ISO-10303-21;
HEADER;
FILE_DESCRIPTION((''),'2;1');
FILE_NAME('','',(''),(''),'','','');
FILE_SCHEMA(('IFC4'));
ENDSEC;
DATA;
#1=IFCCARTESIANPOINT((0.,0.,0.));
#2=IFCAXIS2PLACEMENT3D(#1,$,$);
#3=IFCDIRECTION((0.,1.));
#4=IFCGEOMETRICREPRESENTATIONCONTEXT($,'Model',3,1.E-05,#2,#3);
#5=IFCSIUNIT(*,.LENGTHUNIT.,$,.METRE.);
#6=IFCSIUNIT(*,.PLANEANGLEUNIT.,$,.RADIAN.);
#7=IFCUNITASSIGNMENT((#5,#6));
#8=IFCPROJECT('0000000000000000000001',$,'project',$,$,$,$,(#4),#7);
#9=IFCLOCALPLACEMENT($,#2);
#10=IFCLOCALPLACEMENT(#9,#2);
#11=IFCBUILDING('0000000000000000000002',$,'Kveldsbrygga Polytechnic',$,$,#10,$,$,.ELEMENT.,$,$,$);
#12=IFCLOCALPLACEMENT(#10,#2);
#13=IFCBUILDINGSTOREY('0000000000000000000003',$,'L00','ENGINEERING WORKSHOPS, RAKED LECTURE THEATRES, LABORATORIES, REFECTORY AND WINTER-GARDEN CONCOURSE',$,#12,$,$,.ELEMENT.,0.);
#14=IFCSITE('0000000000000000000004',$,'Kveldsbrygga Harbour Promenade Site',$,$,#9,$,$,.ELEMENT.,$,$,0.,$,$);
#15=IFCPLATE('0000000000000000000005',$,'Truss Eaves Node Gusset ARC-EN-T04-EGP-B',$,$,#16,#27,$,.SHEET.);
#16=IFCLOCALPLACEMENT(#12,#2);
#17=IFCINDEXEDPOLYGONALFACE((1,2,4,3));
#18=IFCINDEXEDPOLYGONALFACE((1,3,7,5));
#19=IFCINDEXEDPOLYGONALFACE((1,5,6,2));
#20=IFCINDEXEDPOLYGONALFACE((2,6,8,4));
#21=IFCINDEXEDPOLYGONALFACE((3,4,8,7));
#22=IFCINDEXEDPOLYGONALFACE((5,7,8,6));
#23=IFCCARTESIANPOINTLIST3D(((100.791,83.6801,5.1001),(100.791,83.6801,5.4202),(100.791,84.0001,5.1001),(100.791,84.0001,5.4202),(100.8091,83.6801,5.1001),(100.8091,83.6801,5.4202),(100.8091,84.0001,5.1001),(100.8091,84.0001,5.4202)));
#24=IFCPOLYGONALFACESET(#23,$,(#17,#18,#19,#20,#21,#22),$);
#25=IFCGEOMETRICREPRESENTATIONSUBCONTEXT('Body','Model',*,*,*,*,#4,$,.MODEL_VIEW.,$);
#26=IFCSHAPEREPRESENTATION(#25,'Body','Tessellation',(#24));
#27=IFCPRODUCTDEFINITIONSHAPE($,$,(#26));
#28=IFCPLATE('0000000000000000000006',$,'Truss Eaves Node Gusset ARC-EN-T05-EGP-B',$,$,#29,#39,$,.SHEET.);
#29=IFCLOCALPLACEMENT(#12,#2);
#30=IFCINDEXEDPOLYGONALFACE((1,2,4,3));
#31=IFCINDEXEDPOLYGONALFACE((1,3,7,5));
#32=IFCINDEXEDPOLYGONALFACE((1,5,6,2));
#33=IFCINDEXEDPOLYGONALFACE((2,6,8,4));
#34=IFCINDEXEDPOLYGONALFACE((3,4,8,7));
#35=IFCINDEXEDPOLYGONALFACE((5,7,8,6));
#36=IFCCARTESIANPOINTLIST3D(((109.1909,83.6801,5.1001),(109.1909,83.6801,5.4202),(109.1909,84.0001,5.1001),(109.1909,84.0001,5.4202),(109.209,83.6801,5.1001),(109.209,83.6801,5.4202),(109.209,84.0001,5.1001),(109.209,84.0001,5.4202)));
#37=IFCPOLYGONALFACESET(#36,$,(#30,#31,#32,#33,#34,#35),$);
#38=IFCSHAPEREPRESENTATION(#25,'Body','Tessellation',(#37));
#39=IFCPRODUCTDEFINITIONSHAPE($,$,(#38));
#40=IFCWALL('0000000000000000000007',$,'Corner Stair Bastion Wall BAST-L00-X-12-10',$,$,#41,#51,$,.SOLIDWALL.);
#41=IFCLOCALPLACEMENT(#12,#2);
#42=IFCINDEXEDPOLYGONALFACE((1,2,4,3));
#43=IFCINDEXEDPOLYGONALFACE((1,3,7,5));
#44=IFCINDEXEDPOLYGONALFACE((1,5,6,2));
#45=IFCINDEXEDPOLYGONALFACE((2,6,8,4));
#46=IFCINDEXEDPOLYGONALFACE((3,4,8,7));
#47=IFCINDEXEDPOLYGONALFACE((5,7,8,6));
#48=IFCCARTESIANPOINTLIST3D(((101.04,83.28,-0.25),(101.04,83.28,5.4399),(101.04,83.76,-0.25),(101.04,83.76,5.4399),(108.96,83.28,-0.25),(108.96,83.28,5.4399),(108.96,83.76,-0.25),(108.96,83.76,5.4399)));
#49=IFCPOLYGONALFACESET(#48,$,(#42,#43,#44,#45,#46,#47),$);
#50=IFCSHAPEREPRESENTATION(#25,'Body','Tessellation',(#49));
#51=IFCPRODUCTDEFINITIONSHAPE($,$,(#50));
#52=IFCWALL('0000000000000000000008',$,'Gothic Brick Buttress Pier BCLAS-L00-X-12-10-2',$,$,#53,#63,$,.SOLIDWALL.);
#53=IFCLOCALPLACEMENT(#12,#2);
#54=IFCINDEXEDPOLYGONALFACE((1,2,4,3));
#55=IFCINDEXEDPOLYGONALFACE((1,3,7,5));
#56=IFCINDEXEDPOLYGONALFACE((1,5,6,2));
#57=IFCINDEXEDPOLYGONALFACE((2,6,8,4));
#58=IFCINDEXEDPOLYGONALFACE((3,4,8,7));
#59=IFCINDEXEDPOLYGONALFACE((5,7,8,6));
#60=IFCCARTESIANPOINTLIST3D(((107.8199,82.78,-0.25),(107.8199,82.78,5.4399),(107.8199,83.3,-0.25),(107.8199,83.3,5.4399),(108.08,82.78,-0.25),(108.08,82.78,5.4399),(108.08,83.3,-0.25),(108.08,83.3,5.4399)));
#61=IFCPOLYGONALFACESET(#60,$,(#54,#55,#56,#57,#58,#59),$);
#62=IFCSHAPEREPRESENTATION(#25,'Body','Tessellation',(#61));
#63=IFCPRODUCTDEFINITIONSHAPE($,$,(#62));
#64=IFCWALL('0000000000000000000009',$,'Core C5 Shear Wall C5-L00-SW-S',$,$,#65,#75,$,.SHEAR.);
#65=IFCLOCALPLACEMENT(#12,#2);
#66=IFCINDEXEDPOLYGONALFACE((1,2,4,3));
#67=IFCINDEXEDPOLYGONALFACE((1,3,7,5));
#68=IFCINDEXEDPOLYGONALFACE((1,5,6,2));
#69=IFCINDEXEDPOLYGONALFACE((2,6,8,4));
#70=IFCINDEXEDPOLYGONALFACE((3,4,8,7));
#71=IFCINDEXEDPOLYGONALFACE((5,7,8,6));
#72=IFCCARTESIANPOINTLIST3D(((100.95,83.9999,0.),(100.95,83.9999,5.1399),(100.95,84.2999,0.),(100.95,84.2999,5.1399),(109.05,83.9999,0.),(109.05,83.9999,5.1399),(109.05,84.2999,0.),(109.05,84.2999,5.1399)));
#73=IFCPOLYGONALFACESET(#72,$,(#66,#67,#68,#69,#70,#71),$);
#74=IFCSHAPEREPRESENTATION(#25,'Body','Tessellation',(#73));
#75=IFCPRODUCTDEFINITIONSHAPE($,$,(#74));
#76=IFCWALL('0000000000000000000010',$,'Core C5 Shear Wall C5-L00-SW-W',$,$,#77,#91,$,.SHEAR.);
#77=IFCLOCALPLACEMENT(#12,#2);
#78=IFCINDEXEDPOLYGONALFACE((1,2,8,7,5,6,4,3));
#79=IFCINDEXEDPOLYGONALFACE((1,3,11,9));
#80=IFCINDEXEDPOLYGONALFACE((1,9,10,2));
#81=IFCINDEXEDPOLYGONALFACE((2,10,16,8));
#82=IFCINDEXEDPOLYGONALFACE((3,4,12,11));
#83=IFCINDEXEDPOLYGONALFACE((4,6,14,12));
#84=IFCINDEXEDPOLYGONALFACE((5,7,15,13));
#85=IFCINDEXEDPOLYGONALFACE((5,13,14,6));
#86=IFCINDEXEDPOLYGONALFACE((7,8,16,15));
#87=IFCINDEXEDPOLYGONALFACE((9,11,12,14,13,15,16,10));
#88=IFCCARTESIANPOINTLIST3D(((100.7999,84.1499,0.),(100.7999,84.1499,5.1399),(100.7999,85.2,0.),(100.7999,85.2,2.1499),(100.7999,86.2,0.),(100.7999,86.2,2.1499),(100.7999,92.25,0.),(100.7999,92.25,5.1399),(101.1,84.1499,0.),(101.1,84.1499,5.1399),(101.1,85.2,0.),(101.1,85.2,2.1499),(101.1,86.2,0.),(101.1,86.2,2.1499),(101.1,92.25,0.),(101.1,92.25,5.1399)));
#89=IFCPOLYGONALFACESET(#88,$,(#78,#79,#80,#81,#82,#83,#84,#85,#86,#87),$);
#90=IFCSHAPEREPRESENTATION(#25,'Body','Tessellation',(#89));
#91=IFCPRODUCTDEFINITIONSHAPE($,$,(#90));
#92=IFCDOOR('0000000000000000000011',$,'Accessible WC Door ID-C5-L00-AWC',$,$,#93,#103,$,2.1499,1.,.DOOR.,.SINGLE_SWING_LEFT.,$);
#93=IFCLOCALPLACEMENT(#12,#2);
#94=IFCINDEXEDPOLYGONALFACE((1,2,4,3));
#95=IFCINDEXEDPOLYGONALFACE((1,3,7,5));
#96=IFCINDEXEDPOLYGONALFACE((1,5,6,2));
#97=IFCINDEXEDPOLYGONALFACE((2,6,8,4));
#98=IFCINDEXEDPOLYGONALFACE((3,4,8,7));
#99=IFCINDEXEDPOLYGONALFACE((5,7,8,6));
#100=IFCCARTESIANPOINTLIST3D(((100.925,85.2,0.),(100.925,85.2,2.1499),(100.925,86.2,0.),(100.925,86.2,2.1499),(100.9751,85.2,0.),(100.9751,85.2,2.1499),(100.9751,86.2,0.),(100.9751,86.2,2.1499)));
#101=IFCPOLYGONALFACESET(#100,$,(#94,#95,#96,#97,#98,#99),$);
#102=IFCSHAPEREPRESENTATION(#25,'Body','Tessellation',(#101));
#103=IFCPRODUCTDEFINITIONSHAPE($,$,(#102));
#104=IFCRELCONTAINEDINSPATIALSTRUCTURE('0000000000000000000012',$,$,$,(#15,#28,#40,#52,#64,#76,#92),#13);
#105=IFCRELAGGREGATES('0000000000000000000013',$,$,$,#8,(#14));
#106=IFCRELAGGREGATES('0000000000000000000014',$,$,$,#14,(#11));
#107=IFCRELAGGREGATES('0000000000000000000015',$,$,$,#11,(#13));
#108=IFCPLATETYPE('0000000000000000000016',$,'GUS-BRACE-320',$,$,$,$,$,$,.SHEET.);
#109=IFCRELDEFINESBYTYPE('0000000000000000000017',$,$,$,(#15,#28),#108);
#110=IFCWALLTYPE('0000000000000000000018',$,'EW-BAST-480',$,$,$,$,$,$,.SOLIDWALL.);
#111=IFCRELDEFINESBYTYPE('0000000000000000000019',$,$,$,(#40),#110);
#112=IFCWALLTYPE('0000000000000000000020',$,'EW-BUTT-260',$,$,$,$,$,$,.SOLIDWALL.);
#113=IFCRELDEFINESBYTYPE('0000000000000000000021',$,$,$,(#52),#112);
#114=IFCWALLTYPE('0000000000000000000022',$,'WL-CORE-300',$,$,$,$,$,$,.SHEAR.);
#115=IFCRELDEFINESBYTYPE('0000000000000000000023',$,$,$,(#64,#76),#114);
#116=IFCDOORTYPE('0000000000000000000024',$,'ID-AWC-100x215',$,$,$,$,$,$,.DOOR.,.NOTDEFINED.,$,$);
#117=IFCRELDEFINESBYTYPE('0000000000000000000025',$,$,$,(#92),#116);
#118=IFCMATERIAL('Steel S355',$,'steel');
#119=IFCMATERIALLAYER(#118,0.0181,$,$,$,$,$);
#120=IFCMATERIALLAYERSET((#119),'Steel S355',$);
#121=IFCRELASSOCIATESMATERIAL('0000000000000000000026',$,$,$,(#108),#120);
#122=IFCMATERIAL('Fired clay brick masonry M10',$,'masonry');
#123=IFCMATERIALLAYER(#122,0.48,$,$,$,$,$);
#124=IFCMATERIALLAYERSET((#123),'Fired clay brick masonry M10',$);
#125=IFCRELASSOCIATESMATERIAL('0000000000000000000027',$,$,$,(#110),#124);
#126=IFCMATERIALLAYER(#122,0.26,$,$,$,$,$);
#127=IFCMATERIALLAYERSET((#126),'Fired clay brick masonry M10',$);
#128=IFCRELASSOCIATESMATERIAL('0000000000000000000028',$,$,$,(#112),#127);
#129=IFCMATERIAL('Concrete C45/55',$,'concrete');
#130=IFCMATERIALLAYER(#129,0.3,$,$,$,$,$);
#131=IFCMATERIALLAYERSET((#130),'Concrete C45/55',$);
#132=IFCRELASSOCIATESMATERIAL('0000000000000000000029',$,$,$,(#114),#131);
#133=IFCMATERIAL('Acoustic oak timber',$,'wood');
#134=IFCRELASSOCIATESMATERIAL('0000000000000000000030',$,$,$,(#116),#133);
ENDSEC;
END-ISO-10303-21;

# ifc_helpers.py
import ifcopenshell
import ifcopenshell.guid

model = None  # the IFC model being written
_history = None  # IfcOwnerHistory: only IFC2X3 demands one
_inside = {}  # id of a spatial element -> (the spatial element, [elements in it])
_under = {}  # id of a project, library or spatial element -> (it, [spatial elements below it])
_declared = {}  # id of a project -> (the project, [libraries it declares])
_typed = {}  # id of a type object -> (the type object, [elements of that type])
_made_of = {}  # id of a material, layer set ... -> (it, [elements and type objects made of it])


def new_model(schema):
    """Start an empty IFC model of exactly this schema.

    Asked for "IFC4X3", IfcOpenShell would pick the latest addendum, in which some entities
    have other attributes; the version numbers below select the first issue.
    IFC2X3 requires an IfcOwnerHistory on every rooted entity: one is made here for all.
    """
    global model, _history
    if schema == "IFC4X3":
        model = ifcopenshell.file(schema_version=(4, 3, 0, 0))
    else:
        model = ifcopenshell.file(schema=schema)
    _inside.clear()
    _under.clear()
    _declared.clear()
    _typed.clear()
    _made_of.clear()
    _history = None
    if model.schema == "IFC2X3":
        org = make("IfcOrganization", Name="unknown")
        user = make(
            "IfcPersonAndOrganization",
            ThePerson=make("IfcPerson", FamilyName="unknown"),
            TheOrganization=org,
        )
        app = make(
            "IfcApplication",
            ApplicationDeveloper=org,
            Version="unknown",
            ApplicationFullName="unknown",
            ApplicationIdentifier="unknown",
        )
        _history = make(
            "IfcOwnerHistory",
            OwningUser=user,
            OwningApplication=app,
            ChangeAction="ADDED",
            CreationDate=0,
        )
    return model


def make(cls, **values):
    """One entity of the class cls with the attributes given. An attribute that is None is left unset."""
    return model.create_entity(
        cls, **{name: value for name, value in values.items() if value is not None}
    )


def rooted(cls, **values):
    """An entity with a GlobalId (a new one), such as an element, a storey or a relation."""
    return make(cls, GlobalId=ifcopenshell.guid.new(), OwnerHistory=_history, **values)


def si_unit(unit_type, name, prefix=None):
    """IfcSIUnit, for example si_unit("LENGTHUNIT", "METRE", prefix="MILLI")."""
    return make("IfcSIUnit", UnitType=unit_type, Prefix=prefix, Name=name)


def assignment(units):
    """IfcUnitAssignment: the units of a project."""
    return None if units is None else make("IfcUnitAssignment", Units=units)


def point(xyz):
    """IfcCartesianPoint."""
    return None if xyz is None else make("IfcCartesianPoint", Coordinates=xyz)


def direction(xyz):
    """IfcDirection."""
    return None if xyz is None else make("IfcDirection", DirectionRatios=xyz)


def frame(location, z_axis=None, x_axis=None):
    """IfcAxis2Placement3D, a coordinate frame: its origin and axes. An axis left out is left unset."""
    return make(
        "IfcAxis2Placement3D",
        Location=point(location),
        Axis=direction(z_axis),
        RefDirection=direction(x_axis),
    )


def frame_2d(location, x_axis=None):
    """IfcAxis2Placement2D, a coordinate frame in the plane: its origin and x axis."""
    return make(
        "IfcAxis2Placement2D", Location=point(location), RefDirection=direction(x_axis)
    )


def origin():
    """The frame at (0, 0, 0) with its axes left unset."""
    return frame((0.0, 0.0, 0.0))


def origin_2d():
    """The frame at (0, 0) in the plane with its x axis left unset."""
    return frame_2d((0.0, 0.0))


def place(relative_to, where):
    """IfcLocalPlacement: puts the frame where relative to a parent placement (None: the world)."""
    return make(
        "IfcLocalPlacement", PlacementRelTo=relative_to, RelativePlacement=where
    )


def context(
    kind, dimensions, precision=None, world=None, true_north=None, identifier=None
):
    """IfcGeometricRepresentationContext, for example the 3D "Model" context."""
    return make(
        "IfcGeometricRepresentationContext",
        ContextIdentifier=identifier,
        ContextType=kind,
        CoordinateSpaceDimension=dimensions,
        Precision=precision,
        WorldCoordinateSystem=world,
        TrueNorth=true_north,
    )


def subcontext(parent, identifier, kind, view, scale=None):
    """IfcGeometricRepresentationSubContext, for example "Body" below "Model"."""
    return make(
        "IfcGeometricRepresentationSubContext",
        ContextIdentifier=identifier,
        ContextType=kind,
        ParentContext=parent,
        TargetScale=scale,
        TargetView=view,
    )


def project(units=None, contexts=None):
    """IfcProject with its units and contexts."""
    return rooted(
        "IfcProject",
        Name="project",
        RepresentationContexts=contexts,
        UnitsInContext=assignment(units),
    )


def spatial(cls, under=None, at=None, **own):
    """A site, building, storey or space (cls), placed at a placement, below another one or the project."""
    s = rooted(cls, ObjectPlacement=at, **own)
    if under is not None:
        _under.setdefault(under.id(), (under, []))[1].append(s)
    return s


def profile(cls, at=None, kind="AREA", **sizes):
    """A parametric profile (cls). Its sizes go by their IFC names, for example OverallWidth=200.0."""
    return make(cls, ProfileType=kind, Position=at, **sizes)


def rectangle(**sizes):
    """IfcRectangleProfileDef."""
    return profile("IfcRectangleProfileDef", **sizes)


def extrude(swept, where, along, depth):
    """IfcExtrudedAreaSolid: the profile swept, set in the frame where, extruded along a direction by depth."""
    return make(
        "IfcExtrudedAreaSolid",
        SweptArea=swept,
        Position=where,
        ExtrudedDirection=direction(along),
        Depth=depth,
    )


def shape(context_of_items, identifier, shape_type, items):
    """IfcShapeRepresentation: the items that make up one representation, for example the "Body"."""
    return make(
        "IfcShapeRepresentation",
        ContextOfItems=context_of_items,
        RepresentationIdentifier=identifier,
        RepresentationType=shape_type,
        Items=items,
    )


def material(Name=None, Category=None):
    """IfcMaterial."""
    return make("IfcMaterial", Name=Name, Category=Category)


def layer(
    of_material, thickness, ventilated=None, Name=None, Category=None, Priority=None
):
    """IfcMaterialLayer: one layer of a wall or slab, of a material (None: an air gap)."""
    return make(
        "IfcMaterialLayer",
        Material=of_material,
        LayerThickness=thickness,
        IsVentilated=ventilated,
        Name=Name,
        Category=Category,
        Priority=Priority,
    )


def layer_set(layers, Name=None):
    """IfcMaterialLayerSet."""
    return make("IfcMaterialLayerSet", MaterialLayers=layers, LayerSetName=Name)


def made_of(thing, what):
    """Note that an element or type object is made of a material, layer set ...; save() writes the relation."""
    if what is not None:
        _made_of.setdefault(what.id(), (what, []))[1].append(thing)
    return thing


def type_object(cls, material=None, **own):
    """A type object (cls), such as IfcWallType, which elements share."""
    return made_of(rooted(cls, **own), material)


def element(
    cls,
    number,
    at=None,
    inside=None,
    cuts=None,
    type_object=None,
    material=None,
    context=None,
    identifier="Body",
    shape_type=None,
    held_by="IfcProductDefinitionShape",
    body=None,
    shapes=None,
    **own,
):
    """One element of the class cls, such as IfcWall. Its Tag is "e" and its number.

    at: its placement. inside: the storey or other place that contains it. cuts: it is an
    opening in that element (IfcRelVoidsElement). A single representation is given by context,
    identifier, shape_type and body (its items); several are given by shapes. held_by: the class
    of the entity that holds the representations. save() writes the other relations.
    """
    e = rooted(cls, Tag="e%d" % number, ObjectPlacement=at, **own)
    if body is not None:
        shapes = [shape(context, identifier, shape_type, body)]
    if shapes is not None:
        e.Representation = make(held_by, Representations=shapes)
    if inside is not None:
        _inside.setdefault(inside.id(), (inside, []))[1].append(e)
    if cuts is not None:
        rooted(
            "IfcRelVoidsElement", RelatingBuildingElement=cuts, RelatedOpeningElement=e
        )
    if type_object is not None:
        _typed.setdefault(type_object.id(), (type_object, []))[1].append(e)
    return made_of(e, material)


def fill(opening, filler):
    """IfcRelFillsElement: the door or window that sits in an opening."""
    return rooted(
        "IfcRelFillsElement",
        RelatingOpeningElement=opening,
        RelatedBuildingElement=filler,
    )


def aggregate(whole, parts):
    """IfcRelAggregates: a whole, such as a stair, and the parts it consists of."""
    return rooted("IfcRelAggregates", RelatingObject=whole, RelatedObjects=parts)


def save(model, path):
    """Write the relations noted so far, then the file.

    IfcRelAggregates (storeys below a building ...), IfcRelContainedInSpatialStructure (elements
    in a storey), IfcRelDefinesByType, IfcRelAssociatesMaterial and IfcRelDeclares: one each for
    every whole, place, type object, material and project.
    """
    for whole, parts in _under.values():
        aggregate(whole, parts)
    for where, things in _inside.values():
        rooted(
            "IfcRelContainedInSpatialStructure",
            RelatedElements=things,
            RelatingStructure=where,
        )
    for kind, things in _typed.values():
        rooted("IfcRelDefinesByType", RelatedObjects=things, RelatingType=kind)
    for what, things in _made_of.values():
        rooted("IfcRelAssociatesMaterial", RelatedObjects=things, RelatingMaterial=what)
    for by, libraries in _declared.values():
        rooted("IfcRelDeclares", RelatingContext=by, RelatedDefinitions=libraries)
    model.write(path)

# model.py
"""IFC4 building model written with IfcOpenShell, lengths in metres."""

from ifc_helpers import new_model, si_unit, direction, frame, frame_2d, origin, origin_2d, place, context, subcontext, project, spatial, rectangle, extrude, material, layer, layer_set, type_object, element, fill, save


model = new_model("IFC4")

# Units and contexts
model_context = context("Model", 3, precision=1e-05, world=origin(), true_north=direction((0.0, 1.0)))
body_context = subcontext(model_context, "Body", "Model", "MODEL_VIEW")
ifc_project = project(units=[si_unit("LENGTHUNIT", "METRE"), si_unit("PLANEANGLEUNIT", "RADIAN")], contexts=[model_context])

# Site, building, storey
site_placement = place(None, origin())
site = spatial("IfcSite", under=ifc_project, at=site_placement, Name="Kveldsbrygga Harbour Promenade Site", CompositionType="ELEMENT", RefElevation=0.0)
building_placement = place(site_placement, origin())
building = spatial("IfcBuilding", under=site, at=building_placement, Name="Kveldsbrygga Polytechnic", CompositionType="ELEMENT")
storey_placement = place(building_placement, origin())
storey = spatial("IfcBuildingStorey", under=building, at=storey_placement, Name="L00", Description="ENGINEERING WORKSHOPS, RAKED LECTURE THEATRES, LABORATORIES, REFECTORY AND WINTER-GARDEN CONCOURSE", CompositionType="ELEMENT", Elevation=0.0)

# Shared definitions
ifc_material_1 = material(Name="Concrete C45/55", Category="concrete")

# Shared definitions
ifc_material_2 = material(Name="Steel S355", Category="steel")

# Plates
ifc_layer_1 = layer(ifc_material_2, 0.0181)
ifc_layer_set_1 = layer_set([ifc_layer_1], Name="Steel S355")
plate_type_1 = type_object("IfcPlateType", Name="GUS-BRACE-320", PredefinedType="SHEET", material=ifc_layer_set_1)
for number, where, z_axis, x_axis, name in (
    (1, (100.8, 83.8401, 5.1001), (0.0, 0.0, 1.0), (1.0, 0.0, 0.0), "Truss Eaves Node Gusset ARC-EN-T04-EGP-B"),
    (2, (109.2, 83.8401, 5.1001), (0.0, 0.0, 1.0), (1.0, 0.0, 0.0), "Truss Eaves Node Gusset ARC-EN-T05-EGP-B"),
):
    element("IfcPlate", number, at=place(storey_placement, frame(where, z_axis=z_axis, x_axis=x_axis)), inside=storey, type_object=plate_type_1, Name=name, PredefinedType="SHEET", context=body_context, shape_type="SweptSolid", body=[
        extrude(rectangle(XDim=0.0181, YDim=0.3201, at=origin_2d()), origin(), (0.0, 0.0, 1.0), 0.3201),
    ])

# Walls
ifc_material_3 = material(Name="Fired clay brick masonry M10", Category="masonry")
ifc_layer_2 = layer(ifc_material_3, 0.48)
ifc_layer_set_2 = layer_set([ifc_layer_2], Name="Fired clay brick masonry M10")
wall_type_1 = type_object("IfcWallType", Name="EW-BAST-480", PredefinedType="SOLIDWALL", material=ifc_layer_set_2)
wall_1_placement = place(storey_placement, frame((101.04, 83.52, -0.25), z_axis=(0.0, 0.0, 1.0), x_axis=(1.0, 0.0, 0.0)))
element("IfcWall", 3, at=wall_1_placement, inside=storey, type_object=wall_type_1, Name="Corner Stair Bastion Wall BAST-L00-X-12-10", PredefinedType="SOLIDWALL", context=body_context, shape_type="SweptSolid", body=[
    extrude(rectangle(XDim=7.9199, YDim=0.48, at=frame_2d((3.96, 0.0))), origin(), (0.0, 0.0, 1.0), 5.6899),
])
ifc_layer_3 = layer(ifc_material_3, 0.26)
ifc_layer_set_3 = layer_set([ifc_layer_3], Name="Fired clay brick masonry M10")
wall_type_2 = type_object("IfcWallType", Name="EW-BUTT-260", PredefinedType="SOLIDWALL", material=ifc_layer_set_3)
wall_2_placement = place(storey_placement, frame((107.95, 83.3, -0.25), z_axis=(0.0, 0.0, 1.0), x_axis=(0.0, -1.0, 0.0)))
element("IfcWall", 4, at=wall_2_placement, inside=storey, type_object=wall_type_2, Name="Gothic Brick Buttress Pier BCLAS-L00-X-12-10-2", PredefinedType="SOLIDWALL", context=body_context, shape_type="SweptSolid", body=[
    extrude(rectangle(XDim=0.52, YDim=0.26, at=frame_2d((0.26, 0.0))), origin(), (0.0, 0.0, 1.0), 5.6899),
])
ifc_layer_4 = layer(ifc_material_1, 0.3)
ifc_layer_set_4 = layer_set([ifc_layer_4], Name="Concrete C45/55")
wall_type_3 = type_object("IfcWallType", Name="WL-CORE-300", PredefinedType="SHEAR", material=ifc_layer_set_4)
wall_3_placement = place(storey_placement, frame((100.95, 84.1499, 0.0), z_axis=(0.0, 0.0, 1.0), x_axis=(1.0, 0.0, 0.0)))
element("IfcWall", 5, at=wall_3_placement, inside=storey, type_object=wall_type_3, Name="Core C5 Shear Wall C5-L00-SW-S", PredefinedType="SHEAR", context=body_context, shape_type="SweptSolid", body=[
    extrude(rectangle(XDim=8.1001, YDim=0.3, at=frame_2d((4.05, 0.0))), origin(), (0.0, 0.0, 1.0), 5.1399),
])

# Wall, opening, door
wall_4_placement = place(storey_placement, frame((100.95, 84.1499, 0.0), z_axis=(0.0, 0.0, 1.0), x_axis=(0.0, 1.0, 0.0)))
wall_4 = element("IfcWall", 6, at=wall_4_placement, inside=storey, type_object=wall_type_3, Name="Core C5 Shear Wall C5-L00-SW-W", PredefinedType="SHEAR", context=body_context, shape_type="SweptSolid", body=[
    extrude(rectangle(XDim=8.1001, YDim=0.3, at=frame_2d((4.05, 0.0))), origin(), (0.0, 0.0, 1.0), 5.1399),
])
opening_1_placement = place(wall_4_placement, frame((1.05, 0.0, 0.0)))
opening_1 = element("IfcOpeningElement", 7, at=opening_1_placement, cuts=wall_4, PredefinedType="OPENING", context=body_context, shape_type="SweptSolid", body=[
    extrude(rectangle(XDim=1.0, YDim=2.1499, at=frame_2d((0.5, 1.075))), frame((0.0, 0.1602, 0.0), z_axis=(0.0, -1.0, 0.0), x_axis=(1.0, 0.0, 0.0)), (0.0, 0.0, 1.0), 0.3201),
])
ifc_material_4 = material(Name="Acoustic oak timber", Category="wood")
door_type_1 = type_object("IfcDoorType", Name="ID-AWC-100x215", OperationType="NOTDEFINED", PredefinedType="DOOR", material=ifc_material_4)
door_1_placement = place(opening_1_placement, origin())
door_1 = element("IfcDoor", 8, at=door_1_placement, inside=storey, type_object=door_type_1, Name="Accessible WC Door ID-C5-L00-AWC", OperationType="SINGLE_SWING_LEFT", OverallHeight=2.1499, OverallWidth=1.0, PredefinedType="DOOR", context=body_context, shape_type="SweptSolid", body=[
    extrude(rectangle(XDim=1.0, YDim=2.1499, at=frame_2d((0.5, 1.075))), frame((0.0, 0.0249, 0.0), z_axis=(0.0, -1.0, 0.0), x_axis=(1.0, 0.0, 0.0)), (0.0, 0.0, 1.0), 0.05),
])
fill(opening_1, door_1)

save(model, "model.ifc")
